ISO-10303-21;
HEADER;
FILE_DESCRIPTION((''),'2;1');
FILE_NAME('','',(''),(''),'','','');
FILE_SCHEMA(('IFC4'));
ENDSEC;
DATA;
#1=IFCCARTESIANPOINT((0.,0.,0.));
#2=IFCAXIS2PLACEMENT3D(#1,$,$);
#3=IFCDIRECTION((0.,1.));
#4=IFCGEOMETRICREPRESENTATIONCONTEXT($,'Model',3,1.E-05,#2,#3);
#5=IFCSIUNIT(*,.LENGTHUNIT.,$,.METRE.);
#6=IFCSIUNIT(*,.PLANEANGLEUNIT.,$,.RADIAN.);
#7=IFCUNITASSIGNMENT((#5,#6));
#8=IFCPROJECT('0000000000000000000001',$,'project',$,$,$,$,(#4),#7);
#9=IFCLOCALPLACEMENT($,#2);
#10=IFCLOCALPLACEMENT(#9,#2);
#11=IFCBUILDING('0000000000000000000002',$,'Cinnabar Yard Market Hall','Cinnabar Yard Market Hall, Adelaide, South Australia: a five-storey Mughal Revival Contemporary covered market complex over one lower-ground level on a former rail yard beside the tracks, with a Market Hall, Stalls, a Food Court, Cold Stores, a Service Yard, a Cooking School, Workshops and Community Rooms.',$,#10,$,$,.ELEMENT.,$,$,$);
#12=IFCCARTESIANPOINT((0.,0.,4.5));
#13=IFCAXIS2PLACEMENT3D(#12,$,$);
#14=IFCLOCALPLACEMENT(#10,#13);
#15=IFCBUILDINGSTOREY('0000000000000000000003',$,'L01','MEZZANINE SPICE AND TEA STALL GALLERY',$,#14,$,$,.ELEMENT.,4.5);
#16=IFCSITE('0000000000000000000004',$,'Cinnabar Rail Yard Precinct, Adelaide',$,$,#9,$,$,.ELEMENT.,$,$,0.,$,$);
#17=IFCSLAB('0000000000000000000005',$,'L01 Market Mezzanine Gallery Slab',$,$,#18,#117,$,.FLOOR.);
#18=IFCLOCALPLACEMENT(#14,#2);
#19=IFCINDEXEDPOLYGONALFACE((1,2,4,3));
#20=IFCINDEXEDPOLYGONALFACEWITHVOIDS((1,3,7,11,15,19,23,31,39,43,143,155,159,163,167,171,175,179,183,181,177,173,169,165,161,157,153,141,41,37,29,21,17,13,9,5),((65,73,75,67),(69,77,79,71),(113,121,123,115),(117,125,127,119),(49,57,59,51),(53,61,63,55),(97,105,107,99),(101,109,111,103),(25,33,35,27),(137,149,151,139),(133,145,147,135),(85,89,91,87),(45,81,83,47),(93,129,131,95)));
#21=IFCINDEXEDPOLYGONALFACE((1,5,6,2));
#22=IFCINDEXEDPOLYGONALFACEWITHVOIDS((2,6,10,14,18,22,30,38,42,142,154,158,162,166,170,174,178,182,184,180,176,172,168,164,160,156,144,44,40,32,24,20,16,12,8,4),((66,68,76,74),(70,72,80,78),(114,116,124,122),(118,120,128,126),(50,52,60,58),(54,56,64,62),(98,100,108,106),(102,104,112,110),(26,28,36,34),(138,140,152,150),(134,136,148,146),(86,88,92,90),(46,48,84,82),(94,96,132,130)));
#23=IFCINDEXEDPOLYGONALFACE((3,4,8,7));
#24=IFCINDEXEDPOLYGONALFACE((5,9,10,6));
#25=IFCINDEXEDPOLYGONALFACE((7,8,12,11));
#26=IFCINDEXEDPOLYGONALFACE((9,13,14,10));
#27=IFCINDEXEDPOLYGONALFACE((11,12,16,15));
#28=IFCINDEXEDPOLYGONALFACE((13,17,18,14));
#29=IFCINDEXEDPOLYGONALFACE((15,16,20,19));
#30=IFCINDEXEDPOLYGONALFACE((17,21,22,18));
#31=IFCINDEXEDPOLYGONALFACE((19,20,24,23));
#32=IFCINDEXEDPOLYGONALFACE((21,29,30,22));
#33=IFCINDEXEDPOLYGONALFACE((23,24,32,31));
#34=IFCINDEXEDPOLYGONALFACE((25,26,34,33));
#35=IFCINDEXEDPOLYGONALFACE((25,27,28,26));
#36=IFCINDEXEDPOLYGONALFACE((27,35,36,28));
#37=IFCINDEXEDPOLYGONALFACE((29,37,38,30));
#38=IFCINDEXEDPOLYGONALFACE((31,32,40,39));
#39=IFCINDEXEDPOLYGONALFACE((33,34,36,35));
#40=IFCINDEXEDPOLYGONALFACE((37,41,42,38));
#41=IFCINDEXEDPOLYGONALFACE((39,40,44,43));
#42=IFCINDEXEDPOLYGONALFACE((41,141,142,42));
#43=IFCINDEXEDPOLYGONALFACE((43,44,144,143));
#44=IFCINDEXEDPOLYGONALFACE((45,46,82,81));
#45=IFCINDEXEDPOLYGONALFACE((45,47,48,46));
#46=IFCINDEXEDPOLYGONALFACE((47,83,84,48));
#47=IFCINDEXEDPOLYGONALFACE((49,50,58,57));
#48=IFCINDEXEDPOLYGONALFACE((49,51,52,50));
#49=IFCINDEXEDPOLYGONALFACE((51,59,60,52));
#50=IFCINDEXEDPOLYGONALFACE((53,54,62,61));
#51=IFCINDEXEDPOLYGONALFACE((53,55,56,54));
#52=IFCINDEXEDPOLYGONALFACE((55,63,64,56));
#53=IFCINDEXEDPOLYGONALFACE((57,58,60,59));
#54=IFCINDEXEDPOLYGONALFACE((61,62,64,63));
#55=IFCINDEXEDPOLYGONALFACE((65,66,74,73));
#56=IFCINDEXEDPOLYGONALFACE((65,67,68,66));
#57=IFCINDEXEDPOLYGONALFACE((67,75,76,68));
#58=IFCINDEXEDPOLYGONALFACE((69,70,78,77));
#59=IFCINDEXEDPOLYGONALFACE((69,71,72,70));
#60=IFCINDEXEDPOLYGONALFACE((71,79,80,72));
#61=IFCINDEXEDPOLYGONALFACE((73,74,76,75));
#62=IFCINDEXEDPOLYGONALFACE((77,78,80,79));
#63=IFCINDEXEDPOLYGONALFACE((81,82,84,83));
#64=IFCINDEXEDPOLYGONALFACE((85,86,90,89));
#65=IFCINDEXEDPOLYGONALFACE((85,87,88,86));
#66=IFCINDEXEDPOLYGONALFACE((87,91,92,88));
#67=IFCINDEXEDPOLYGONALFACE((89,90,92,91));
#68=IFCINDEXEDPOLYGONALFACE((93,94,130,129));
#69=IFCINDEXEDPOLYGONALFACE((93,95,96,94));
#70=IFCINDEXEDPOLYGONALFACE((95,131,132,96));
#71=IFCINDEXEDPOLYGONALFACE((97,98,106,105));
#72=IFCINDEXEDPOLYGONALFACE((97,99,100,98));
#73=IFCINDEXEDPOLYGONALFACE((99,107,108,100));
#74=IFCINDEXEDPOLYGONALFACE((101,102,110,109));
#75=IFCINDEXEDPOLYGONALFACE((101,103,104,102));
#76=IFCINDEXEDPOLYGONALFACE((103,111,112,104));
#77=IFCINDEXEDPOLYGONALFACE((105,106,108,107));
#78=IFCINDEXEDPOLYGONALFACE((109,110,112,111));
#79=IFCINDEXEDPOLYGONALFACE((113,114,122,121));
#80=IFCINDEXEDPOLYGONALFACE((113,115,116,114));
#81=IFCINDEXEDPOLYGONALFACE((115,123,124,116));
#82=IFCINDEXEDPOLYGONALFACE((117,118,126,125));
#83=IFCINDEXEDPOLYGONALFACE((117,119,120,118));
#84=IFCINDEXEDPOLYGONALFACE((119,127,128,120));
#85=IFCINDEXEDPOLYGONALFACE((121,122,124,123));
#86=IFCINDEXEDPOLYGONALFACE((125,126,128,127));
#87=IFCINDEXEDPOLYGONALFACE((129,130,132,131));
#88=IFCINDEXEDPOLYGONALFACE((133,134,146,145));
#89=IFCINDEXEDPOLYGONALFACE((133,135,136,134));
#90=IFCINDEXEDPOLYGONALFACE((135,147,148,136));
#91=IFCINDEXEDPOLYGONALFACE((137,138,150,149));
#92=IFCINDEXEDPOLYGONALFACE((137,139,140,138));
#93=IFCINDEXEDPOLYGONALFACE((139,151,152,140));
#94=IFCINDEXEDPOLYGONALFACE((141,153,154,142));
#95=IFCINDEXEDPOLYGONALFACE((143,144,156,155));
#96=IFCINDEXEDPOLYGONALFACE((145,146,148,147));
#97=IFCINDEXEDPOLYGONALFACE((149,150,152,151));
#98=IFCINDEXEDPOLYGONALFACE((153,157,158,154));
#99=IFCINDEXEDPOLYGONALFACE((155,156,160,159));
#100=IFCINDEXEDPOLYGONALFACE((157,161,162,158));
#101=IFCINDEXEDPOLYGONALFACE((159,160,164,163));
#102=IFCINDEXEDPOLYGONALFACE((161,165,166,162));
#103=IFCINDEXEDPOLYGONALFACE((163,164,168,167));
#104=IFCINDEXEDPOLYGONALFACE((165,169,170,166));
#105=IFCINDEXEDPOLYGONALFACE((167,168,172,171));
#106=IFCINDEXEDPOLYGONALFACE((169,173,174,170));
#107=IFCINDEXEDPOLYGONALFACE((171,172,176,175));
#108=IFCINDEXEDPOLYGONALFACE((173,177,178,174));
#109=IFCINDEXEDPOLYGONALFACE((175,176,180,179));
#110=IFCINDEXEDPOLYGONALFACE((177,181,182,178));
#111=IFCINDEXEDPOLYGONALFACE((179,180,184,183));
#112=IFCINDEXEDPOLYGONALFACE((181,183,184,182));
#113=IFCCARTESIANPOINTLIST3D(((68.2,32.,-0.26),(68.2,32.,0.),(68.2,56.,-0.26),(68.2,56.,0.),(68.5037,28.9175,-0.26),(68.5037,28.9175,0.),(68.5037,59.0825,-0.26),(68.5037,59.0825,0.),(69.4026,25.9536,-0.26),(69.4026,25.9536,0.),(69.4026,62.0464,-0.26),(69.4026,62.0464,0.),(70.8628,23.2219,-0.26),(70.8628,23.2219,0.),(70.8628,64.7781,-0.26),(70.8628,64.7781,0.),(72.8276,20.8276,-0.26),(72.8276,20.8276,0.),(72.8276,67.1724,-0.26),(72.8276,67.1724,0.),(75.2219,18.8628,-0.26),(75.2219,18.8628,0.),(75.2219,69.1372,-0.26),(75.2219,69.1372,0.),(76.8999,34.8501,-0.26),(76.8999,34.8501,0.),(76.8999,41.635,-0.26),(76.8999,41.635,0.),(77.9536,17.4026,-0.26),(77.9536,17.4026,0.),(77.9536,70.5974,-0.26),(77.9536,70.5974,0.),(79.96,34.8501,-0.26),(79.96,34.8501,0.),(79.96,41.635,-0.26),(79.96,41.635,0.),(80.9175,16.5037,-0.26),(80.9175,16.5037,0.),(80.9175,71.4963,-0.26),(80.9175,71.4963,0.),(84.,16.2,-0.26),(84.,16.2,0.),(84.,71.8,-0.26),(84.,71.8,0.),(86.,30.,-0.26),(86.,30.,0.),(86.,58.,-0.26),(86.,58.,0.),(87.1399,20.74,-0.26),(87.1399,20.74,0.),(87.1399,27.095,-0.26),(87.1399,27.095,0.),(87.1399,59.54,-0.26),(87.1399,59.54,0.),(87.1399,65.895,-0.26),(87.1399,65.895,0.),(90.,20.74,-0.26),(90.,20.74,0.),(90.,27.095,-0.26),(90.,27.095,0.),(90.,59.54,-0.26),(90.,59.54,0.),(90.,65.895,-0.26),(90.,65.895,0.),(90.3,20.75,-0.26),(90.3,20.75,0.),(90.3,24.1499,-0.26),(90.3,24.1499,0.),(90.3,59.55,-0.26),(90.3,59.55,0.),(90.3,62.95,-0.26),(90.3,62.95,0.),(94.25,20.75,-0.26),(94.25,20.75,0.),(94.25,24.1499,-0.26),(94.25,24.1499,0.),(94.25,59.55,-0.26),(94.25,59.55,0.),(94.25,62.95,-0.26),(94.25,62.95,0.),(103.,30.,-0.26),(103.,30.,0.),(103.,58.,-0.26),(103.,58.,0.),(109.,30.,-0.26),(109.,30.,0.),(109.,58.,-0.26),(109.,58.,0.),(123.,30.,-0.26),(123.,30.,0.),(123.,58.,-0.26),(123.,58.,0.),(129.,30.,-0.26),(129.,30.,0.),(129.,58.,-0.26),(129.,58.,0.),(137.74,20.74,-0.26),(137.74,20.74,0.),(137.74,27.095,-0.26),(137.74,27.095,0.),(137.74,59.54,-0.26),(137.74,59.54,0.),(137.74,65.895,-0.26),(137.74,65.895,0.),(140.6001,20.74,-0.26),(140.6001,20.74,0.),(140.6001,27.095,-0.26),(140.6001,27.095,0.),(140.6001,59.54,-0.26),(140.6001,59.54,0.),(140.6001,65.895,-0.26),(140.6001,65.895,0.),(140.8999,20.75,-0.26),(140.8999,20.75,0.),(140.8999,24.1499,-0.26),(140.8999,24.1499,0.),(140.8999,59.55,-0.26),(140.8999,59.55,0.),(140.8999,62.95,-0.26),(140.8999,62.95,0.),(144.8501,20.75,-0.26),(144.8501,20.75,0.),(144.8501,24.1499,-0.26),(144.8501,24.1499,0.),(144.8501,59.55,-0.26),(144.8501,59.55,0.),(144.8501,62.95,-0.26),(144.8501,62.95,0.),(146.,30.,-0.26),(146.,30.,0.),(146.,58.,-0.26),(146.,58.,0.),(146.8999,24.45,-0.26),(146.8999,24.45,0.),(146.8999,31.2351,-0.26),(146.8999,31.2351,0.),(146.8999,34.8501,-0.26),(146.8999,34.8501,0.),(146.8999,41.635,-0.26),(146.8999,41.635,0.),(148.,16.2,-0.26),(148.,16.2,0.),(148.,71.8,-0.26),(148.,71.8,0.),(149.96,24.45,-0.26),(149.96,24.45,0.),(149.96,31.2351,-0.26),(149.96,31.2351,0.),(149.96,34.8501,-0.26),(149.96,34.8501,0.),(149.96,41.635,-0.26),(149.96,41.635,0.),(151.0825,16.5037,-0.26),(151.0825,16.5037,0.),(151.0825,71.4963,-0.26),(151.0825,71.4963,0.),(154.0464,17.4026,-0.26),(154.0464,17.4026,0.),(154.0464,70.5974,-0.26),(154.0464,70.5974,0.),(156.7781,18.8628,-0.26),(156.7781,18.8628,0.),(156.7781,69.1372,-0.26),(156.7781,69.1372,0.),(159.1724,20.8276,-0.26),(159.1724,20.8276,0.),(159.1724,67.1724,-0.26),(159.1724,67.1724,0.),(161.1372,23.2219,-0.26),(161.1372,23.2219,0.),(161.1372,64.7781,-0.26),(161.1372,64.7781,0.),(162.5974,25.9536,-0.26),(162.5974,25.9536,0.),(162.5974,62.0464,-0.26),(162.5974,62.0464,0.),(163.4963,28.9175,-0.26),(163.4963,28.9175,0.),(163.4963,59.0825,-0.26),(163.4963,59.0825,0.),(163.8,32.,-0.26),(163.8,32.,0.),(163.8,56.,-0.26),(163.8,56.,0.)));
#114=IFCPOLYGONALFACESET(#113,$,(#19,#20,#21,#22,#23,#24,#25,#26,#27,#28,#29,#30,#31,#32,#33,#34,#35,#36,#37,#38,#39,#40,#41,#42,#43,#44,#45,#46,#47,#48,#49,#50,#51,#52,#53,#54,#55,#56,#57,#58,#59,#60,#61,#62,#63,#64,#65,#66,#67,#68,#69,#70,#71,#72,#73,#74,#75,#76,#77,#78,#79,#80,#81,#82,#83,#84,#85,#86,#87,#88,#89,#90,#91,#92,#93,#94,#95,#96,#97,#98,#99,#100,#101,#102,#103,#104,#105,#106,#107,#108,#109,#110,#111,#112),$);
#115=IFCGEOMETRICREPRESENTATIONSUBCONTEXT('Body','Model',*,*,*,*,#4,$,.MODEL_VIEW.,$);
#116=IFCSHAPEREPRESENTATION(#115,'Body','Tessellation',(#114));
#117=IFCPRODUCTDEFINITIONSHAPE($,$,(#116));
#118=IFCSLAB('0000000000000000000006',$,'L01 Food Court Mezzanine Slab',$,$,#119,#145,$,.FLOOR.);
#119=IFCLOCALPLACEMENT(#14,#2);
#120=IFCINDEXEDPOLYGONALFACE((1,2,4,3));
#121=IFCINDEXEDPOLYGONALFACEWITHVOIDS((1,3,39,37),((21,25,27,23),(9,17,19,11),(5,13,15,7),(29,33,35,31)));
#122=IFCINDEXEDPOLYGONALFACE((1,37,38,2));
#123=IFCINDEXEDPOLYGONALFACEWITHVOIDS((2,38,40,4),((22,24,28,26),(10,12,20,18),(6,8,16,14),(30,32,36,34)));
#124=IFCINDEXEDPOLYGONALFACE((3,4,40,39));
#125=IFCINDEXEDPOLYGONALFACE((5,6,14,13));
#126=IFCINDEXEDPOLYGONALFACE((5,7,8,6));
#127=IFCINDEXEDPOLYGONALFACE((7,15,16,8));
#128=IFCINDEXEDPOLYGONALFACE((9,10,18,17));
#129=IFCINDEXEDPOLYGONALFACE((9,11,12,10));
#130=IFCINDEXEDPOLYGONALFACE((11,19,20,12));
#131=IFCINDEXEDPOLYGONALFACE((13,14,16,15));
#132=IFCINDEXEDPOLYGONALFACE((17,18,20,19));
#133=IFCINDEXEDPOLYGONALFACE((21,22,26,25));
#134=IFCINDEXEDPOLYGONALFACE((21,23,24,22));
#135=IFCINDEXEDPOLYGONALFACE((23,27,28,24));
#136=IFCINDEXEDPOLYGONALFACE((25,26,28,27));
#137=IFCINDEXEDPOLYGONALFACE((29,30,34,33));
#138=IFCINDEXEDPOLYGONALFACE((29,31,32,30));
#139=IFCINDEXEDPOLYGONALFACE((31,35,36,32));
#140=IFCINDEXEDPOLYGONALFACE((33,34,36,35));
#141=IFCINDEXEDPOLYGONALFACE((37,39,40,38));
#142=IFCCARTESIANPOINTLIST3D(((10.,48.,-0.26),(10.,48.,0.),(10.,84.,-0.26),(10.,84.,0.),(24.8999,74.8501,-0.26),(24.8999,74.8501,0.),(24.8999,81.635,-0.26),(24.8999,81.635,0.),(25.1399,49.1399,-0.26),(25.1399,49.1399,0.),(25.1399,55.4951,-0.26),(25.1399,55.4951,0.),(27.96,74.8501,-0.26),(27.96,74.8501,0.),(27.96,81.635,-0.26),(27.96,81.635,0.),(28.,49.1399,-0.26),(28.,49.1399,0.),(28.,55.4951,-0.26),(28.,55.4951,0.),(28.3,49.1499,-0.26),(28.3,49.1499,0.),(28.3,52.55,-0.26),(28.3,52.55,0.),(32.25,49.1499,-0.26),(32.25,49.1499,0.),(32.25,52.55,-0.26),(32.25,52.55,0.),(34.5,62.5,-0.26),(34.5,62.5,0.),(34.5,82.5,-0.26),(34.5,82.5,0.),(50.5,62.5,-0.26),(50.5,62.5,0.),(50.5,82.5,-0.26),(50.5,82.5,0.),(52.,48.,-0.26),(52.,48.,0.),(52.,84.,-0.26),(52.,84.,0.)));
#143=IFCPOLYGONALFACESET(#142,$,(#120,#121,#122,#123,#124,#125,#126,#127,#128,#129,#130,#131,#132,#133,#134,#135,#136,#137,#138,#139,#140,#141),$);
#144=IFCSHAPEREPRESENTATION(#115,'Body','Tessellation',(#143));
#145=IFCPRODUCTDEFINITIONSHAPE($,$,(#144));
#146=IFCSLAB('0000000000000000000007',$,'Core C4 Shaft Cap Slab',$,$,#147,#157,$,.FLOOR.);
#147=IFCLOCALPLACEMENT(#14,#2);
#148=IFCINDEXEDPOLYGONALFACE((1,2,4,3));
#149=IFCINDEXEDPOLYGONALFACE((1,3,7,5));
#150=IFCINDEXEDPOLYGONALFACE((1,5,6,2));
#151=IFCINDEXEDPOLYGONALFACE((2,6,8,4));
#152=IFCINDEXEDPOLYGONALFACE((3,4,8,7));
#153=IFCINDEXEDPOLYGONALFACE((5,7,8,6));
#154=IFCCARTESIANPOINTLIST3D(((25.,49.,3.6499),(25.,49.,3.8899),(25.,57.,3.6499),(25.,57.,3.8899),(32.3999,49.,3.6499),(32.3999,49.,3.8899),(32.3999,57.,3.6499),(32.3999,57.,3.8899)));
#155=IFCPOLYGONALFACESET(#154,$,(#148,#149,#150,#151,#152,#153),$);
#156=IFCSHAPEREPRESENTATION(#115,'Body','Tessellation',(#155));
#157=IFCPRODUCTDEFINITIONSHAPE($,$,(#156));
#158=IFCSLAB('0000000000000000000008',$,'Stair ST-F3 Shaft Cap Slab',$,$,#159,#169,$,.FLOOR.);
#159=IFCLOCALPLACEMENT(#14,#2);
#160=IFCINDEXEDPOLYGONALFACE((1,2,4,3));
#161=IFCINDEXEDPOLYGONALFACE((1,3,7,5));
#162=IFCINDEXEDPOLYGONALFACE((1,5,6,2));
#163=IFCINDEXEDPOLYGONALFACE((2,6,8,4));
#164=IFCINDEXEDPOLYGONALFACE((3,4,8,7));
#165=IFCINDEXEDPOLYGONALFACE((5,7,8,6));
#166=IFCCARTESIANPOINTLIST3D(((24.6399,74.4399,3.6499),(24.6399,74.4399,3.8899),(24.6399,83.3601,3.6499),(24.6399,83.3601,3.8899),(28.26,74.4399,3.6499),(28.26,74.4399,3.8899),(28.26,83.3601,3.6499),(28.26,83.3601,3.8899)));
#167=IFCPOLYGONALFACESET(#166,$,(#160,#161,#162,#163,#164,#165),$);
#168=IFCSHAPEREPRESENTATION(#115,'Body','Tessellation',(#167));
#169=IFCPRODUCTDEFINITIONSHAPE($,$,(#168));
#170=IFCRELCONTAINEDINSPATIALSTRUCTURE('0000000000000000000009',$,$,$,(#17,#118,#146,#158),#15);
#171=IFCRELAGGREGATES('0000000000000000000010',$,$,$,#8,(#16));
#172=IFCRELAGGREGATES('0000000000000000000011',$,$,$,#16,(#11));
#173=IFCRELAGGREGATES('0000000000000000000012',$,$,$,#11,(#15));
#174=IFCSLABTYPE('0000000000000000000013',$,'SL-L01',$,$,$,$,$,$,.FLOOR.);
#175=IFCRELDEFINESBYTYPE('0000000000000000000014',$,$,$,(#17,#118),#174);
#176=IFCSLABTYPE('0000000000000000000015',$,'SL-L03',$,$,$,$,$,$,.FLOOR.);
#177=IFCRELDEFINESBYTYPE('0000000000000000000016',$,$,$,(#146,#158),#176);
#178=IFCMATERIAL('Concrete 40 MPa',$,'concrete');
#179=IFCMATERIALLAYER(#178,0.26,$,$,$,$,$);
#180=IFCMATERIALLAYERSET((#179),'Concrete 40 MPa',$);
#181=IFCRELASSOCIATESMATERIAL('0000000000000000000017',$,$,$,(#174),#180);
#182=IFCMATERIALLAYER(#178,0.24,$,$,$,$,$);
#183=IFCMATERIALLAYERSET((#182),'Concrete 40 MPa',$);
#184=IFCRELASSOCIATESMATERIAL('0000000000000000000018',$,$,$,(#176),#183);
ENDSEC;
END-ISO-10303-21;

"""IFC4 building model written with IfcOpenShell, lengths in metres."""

from ifc_helpers import new_model, si_unit, direction, frame, origin, place, context, subcontext, project, spatial, polyline, outline, extrude, material, layer, layer_set, type_object, element, save


model = new_model("IFC4")

# Units and contexts
model_context = context("Model", 3, precision=1e-05, world=origin(), true_north=direction((0.0, 1.0)))
body_context = subcontext(model_context, "Body", "Model", "MODEL_VIEW")
ifc_project = project(units=[si_unit("LENGTHUNIT", "METRE"), si_unit("PLANEANGLEUNIT", "RADIAN")], contexts=[model_context])

# Site, building, storey
site_placement = place(None, origin())
site = spatial("IfcSite", under=ifc_project, at=site_placement, Name="Cinnabar Rail Yard Precinct, Adelaide", CompositionType="ELEMENT", RefElevation=0.0)
building_placement = place(site_placement, origin())
building = spatial("IfcBuilding", under=site, at=building_placement, Name="Cinnabar Yard Market Hall", Description="Cinnabar Yard Market Hall, Adelaide, South Australia: a five-storey Mughal Revival Contemporary covered market complex over one lower-ground level on a former rail yard beside the tracks, with a Market Hall, Stalls, a Food Court, Cold Stores, a Service Yard, a Cooking School, Workshops and Community Rooms.", CompositionType="ELEMENT")
storey_placement = place(building_placement, frame((0.0, 0.0, 4.5)))
storey = spatial("IfcBuildingStorey", under=building, at=storey_placement, Name="L01", Description="MEZZANINE SPICE AND TEA STALL GALLERY", CompositionType="ELEMENT", Elevation=4.5)

# Slabs
ifc_material_1 = material(Name="Concrete 40 MPa", Category="concrete")
ifc_layer_1 = layer(ifc_material_1, 0.26)
ifc_layer_set_1 = layer_set([ifc_layer_1], Name="Concrete 40 MPa")
slab_type_1 = type_object("IfcSlabType", Name="SL-L01", PredefinedType="FLOOR", material=ifc_layer_set_1)
slab_1_placement = place(storey_placement, frame((0.0, 0.0, -0.26)))
element("IfcSlab", 1, at=slab_1_placement, inside=storey, type_object=slab_type_1, Name="L01 Market Mezzanine Gallery Slab", PredefinedType="FLOOR", context=body_context, shape_type="SweptSolid", body=[
    extrude(outline(polyline([(68.2, 32.0), (68.5037, 28.9175), (69.4026, 25.9536), (70.8628, 23.2219), (72.8276, 20.8276), (75.2219, 18.8628), (77.9536, 17.4026), (80.9175, 16.5037), (84.0, 16.2), (148.0, 16.2), (151.0825, 16.5037), (154.0464, 17.4026), (156.7781, 18.8628), (159.1724, 20.8276), (161.1372, 23.2219), (162.5974, 25.9536), (163.4963, 28.9175), (163.8, 32.0), (163.8, 56.0), (163.4963, 59.0825), (162.5974, 62.0464), (161.1372, 64.7781), (159.1724, 67.1724), (156.7781, 69.1372), (154.0464, 70.5974), (151.0825, 71.4963), (148.0, 71.8), (84.0, 71.8), (80.9175, 71.4963), (77.9536, 70.5974), (75.2219, 69.1372), (72.8276, 67.1724), (70.8628, 64.7781), (69.4026, 62.0464), (68.5037, 59.0825), (68.2, 56.0), (68.2, 32.0)]), holes=[polyline([(86.0, 30.0), (103.0, 30.0), (103.0, 58.0), (86.0, 58.0), (86.0, 30.0)]), polyline([(109.0, 30.0), (123.0, 30.0), (123.0, 58.0), (109.0, 58.0), (109.0, 30.0)]), polyline([(129.0, 30.0), (146.0, 30.0), (146.0, 58.0), (129.0, 58.0), (129.0, 30.0)]), polyline([(87.1399, 27.095), (87.1399, 20.74), (90.0, 20.74), (90.0, 27.095), (87.1399, 27.095)]), polyline([(90.3, 20.75), (94.25, 20.75), (94.25, 24.1499), (90.3, 24.1499), (90.3, 20.75)]), polyline([(137.74, 27.095), (137.74, 20.74), (140.6001, 20.74), (140.6001, 27.095), (137.74, 27.095)]), polyline([(140.8999, 20.75), (144.8501, 20.75), (144.8501, 24.1499), (140.8999, 24.1499), (140.8999, 20.75)]), polyline([(87.1399, 65.895), (87.1399, 59.54), (90.0, 59.54), (90.0, 65.895), (87.1399, 65.895)]), polyline([(90.3, 59.55), (94.25, 59.55), (94.25, 62.95), (90.3, 62.95), (90.3, 59.55)]), polyline([(137.74, 65.895), (137.74, 59.54), (140.6001, 59.54), (140.6001, 65.895), (137.74, 65.895)]), polyline([(140.8999, 59.55), (144.8501, 59.55), (144.8501, 62.95), (140.8999, 62.95), (140.8999, 59.55)]), polyline([(76.8999, 41.635), (76.8999, 34.8501), (79.96, 34.8501), (79.96, 41.635), (76.8999, 41.635)]), polyline([(146.8999, 41.635), (146.8999, 34.8501), (149.96, 34.8501), (149.96, 41.635), (146.8999, 41.635)]), polyline([(146.8999, 31.2351), (146.8999, 24.45), (149.96, 24.45), (149.96, 31.2351), (146.8999, 31.2351)])]), origin(), (0.0, 0.0, 1.0), 0.26),
])
slab_2_placement = place(storey_placement, frame((0.0, 0.0, -0.26)))
element("IfcSlab", 2, at=slab_2_placement, inside=storey, type_object=slab_type_1, Name="L01 Food Court Mezzanine Slab", PredefinedType="FLOOR", context=body_context, shape_type="SweptSolid", body=[
    extrude(outline(polyline([(10.0, 48.0), (52.0, 48.0), (52.0, 84.0), (10.0, 84.0), (10.0, 48.0)]), holes=[polyline([(34.5, 62.5), (50.5, 62.5), (50.5, 82.5), (34.5, 82.5), (34.5, 62.5)]), polyline([(25.1399, 55.4951), (25.1399, 49.1399), (28.0, 49.1399), (28.0, 55.4951), (25.1399, 55.4951)]), polyline([(28.3, 49.1499), (32.25, 49.1499), (32.25, 52.55), (28.3, 52.55), (28.3, 49.1499)]), polyline([(24.8999, 81.635), (24.8999, 74.8501), (27.96, 74.8501), (27.96, 81.635), (24.8999, 81.635)])]), origin(), (0.0, 0.0, 1.0), 0.26),
])
ifc_layer_2 = layer(ifc_material_1, 0.24)
ifc_layer_set_2 = layer_set([ifc_layer_2], Name="Concrete 40 MPa")
slab_type_2 = type_object("IfcSlabType", Name="SL-L03", PredefinedType="FLOOR", material=ifc_layer_set_2)
slab_3_placement = place(storey_placement, frame((0.0, 0.0, 3.6499)))
element("IfcSlab", 3, at=slab_3_placement, inside=storey, type_object=slab_type_2, Name="Core C4 Shaft Cap Slab", PredefinedType="FLOOR", context=body_context, shape_type="SweptSolid", body=[
    extrude(outline(polyline([(25.0, 49.0), (32.3999, 49.0), (32.3999, 57.0), (25.0, 57.0), (25.0, 49.0)])), origin(), (0.0, 0.0, 1.0), 0.24),
])
slab_4_placement = place(storey_placement, frame((0.0, 0.0, 3.6499)))
element("IfcSlab", 4, at=slab_4_placement, inside=storey, type_object=slab_type_2, Name="Stair ST-F3 Shaft Cap Slab", PredefinedType="FLOOR", context=body_context, shape_type="SweptSolid", body=[
    extrude(outline(polyline([(24.6399, 74.4399), (28.26, 74.4399), (28.26, 83.3601), (24.6399, 83.3601), (24.6399, 74.4399)])), origin(), (0.0, 0.0, 1.0), 0.24),
])

save(model, "model.ifc")
